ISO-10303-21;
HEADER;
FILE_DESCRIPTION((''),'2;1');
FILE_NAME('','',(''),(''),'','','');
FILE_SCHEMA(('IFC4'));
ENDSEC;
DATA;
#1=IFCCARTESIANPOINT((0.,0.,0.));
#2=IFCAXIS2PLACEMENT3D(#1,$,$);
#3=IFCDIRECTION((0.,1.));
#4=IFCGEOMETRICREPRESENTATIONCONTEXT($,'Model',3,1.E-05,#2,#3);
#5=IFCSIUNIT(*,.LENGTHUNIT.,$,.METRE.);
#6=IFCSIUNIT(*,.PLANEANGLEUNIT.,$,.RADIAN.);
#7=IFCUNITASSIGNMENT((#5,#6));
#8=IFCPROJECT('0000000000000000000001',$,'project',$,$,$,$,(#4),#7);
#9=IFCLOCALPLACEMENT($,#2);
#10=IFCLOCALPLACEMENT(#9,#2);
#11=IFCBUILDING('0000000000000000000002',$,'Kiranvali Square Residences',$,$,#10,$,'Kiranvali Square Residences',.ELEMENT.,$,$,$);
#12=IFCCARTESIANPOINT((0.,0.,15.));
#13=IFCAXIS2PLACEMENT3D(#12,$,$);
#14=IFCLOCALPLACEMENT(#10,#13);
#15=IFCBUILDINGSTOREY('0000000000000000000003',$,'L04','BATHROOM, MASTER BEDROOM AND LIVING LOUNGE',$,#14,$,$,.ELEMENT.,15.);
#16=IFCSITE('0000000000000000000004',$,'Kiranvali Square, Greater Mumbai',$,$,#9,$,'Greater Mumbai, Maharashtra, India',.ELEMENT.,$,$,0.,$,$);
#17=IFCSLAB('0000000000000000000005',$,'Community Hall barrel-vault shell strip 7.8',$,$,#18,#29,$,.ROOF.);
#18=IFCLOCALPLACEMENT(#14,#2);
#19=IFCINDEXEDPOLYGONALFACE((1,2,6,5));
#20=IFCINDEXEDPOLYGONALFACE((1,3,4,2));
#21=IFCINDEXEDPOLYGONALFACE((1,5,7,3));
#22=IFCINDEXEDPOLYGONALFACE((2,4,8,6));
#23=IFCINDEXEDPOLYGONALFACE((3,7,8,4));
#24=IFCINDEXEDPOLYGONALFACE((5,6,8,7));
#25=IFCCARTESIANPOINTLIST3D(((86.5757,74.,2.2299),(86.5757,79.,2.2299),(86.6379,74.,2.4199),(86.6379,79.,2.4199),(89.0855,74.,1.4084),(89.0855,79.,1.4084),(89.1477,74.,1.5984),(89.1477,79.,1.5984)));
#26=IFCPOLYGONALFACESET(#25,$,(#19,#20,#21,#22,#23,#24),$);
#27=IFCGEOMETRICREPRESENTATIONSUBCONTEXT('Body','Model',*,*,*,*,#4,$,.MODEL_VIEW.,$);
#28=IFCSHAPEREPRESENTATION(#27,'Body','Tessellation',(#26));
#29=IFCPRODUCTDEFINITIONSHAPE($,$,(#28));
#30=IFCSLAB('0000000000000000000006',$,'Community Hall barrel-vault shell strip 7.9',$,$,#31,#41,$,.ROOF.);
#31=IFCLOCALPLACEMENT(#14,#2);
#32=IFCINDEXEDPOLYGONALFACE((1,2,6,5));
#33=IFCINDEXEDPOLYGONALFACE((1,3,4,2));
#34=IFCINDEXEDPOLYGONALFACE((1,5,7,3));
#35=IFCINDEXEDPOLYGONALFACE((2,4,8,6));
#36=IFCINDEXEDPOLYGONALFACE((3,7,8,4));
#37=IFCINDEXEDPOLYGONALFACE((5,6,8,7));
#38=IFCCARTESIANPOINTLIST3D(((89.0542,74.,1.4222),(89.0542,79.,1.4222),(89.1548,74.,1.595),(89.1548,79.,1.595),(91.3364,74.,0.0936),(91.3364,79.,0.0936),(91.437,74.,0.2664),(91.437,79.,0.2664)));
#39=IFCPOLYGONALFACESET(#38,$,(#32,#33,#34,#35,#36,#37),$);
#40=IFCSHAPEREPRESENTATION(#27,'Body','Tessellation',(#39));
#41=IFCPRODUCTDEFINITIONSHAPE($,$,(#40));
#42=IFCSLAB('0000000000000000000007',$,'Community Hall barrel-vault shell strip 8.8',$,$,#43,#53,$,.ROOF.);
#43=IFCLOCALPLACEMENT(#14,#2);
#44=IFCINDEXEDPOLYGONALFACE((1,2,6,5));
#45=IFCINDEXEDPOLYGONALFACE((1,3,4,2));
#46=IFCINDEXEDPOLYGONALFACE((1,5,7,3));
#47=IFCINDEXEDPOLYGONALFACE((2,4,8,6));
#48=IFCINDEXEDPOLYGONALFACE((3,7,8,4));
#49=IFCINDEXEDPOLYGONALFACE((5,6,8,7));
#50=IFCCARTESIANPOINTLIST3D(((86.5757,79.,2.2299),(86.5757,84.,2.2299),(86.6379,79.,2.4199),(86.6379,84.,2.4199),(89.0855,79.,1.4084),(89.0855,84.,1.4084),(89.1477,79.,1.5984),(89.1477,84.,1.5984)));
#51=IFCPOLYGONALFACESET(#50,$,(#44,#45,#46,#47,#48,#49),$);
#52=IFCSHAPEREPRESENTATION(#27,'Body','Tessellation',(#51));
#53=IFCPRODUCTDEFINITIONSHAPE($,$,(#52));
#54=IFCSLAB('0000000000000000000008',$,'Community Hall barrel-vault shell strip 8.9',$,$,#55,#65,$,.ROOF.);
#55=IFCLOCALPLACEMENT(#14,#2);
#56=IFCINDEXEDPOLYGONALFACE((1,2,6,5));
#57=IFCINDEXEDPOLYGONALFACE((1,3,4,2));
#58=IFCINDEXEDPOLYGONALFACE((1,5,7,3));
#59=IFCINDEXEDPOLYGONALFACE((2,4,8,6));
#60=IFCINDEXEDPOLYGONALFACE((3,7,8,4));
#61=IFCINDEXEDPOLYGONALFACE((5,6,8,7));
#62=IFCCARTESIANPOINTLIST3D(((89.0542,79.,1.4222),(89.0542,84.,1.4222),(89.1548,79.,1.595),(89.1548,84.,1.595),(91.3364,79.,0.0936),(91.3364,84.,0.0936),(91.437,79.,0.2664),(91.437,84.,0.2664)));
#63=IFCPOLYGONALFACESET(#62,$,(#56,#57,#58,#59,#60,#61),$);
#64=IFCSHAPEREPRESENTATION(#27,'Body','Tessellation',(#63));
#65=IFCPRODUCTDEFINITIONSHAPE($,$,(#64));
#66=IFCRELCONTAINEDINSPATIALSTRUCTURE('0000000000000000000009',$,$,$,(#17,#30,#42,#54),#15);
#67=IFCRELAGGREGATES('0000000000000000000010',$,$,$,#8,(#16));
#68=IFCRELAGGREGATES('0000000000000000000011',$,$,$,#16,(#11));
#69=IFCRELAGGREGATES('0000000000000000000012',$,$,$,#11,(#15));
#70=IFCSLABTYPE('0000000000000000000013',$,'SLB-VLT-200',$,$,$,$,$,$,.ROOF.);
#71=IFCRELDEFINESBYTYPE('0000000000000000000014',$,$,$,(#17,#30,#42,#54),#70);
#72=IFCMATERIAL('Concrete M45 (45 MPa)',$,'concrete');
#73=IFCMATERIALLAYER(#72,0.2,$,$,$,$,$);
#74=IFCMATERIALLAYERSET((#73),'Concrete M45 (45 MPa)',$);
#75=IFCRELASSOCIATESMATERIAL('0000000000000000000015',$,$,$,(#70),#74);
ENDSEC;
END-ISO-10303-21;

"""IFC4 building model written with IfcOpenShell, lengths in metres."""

from ifc_helpers import new_model, si_unit, direction, frame, origin, place, context, subcontext, project, spatial, polyline, outline, extrude, material, layer, layer_set, type_object, element, save


model = new_model("IFC4")

# Units and contexts
model_context = context("Model", 3, precision=1e-05, world=origin(), true_north=direction((0.0, 1.0)))
body_context = subcontext(model_context, "Body", "Model", "MODEL_VIEW")
ifc_project = project(units=[si_unit("LENGTHUNIT", "METRE"), si_unit("PLANEANGLEUNIT", "RADIAN")], contexts=[model_context])

# Site, building, storey
site_placement = place(None, origin())
site = spatial("IfcSite", under=ifc_project, at=site_placement, Name="Kiranvali Square, Greater Mumbai", LongName="Greater Mumbai, Maharashtra, India", CompositionType="ELEMENT", RefElevation=0.0)
building_placement = place(site_placement, origin())
building = spatial("IfcBuilding", under=site, at=building_placement, Name="Kiranvali Square Residences", LongName="Kiranvali Square Residences", CompositionType="ELEMENT")
storey_placement = place(building_placement, frame((0.0, 0.0, 15.0)))
storey = spatial("IfcBuildingStorey", under=building, at=storey_placement, Name="L04", Description="BATHROOM, MASTER BEDROOM AND LIVING LOUNGE", CompositionType="ELEMENT", Elevation=15.0)

# Slabs
ifc_material_1 = material(Name="Concrete M45 (45 MPa)", Category="concrete")
ifc_layer = layer(ifc_material_1, 0.2)
ifc_layer_set = layer_set([ifc_layer], Name="Concrete M45 (45 MPa)")
slab_type = type_object("IfcSlabType", Name="SLB-VLT-200", PredefinedType="ROOF", material=ifc_layer_set)
slab_1_placement = place(storey_placement, frame((86.6379, 74.0, 2.4199), z_axis=(0.311092, 0.0, 0.95038), x_axis=(0.95038, 0.0, -0.311092)))
element("IfcSlab", 1, at=slab_1_placement, inside=storey, type_object=slab_type, Name="Community Hall barrel-vault shell strip 7.8", PredefinedType="ROOF", context=body_context, shape_type="SweptSolid", body=[
    extrude(outline(polyline([(0.0, 0.0), (2.6408, 0.0), (2.6408, 5.0), (0.0, 5.0), (0.0, 0.0)])), origin(), (0.0, 0.0, -1.0), 0.2),
])
slab_2_placement = place(storey_placement, frame((89.1548, 74.0, 1.595), z_axis=(0.503112, 0.0, 0.864221), x_axis=(0.864221, 0.0, -0.503112)))
element("IfcSlab", 2, at=slab_2_placement, inside=storey, type_object=slab_type, Name="Community Hall barrel-vault shell strip 7.9", PredefinedType="ROOF", context=body_context, shape_type="SweptSolid", body=[
    extrude(outline(polyline([(0.0, 0.0), (2.6408, 0.0), (2.6408, 5.0), (0.0, 5.0), (0.0, 0.0)])), origin(), (0.0, 0.0, -1.0), 0.2),
])
slab_3_placement = place(storey_placement, frame((86.6379, 79.0, 2.4199), z_axis=(0.311092, 0.0, 0.95038), x_axis=(0.95038, 0.0, -0.311092)))
element("IfcSlab", 3, at=slab_3_placement, inside=storey, type_object=slab_type, Name="Community Hall barrel-vault shell strip 8.8", PredefinedType="ROOF", context=body_context, shape_type="SweptSolid", body=[
    extrude(outline(polyline([(0.0, 0.0), (2.6408, 0.0), (2.6408, 5.0), (0.0, 5.0), (0.0, 0.0)])), origin(), (0.0, 0.0, -1.0), 0.2),
])
slab_4_placement = place(storey_placement, frame((89.1548, 79.0, 1.595), z_axis=(0.503112, 0.0, 0.864221), x_axis=(0.864221, 0.0, -0.503112)))
element("IfcSlab", 4, at=slab_4_placement, inside=storey, type_object=slab_type, Name="Community Hall barrel-vault shell strip 8.9", PredefinedType="ROOF", context=body_context, shape_type="SweptSolid", body=[
    extrude(outline(polyline([(0.0, 0.0), (2.6408, 0.0), (2.6408, 5.0), (0.0, 5.0), (0.0, 0.0)])), origin(), (0.0, 0.0, -1.0), 0.2),
])

save(model, "model.ifc")
